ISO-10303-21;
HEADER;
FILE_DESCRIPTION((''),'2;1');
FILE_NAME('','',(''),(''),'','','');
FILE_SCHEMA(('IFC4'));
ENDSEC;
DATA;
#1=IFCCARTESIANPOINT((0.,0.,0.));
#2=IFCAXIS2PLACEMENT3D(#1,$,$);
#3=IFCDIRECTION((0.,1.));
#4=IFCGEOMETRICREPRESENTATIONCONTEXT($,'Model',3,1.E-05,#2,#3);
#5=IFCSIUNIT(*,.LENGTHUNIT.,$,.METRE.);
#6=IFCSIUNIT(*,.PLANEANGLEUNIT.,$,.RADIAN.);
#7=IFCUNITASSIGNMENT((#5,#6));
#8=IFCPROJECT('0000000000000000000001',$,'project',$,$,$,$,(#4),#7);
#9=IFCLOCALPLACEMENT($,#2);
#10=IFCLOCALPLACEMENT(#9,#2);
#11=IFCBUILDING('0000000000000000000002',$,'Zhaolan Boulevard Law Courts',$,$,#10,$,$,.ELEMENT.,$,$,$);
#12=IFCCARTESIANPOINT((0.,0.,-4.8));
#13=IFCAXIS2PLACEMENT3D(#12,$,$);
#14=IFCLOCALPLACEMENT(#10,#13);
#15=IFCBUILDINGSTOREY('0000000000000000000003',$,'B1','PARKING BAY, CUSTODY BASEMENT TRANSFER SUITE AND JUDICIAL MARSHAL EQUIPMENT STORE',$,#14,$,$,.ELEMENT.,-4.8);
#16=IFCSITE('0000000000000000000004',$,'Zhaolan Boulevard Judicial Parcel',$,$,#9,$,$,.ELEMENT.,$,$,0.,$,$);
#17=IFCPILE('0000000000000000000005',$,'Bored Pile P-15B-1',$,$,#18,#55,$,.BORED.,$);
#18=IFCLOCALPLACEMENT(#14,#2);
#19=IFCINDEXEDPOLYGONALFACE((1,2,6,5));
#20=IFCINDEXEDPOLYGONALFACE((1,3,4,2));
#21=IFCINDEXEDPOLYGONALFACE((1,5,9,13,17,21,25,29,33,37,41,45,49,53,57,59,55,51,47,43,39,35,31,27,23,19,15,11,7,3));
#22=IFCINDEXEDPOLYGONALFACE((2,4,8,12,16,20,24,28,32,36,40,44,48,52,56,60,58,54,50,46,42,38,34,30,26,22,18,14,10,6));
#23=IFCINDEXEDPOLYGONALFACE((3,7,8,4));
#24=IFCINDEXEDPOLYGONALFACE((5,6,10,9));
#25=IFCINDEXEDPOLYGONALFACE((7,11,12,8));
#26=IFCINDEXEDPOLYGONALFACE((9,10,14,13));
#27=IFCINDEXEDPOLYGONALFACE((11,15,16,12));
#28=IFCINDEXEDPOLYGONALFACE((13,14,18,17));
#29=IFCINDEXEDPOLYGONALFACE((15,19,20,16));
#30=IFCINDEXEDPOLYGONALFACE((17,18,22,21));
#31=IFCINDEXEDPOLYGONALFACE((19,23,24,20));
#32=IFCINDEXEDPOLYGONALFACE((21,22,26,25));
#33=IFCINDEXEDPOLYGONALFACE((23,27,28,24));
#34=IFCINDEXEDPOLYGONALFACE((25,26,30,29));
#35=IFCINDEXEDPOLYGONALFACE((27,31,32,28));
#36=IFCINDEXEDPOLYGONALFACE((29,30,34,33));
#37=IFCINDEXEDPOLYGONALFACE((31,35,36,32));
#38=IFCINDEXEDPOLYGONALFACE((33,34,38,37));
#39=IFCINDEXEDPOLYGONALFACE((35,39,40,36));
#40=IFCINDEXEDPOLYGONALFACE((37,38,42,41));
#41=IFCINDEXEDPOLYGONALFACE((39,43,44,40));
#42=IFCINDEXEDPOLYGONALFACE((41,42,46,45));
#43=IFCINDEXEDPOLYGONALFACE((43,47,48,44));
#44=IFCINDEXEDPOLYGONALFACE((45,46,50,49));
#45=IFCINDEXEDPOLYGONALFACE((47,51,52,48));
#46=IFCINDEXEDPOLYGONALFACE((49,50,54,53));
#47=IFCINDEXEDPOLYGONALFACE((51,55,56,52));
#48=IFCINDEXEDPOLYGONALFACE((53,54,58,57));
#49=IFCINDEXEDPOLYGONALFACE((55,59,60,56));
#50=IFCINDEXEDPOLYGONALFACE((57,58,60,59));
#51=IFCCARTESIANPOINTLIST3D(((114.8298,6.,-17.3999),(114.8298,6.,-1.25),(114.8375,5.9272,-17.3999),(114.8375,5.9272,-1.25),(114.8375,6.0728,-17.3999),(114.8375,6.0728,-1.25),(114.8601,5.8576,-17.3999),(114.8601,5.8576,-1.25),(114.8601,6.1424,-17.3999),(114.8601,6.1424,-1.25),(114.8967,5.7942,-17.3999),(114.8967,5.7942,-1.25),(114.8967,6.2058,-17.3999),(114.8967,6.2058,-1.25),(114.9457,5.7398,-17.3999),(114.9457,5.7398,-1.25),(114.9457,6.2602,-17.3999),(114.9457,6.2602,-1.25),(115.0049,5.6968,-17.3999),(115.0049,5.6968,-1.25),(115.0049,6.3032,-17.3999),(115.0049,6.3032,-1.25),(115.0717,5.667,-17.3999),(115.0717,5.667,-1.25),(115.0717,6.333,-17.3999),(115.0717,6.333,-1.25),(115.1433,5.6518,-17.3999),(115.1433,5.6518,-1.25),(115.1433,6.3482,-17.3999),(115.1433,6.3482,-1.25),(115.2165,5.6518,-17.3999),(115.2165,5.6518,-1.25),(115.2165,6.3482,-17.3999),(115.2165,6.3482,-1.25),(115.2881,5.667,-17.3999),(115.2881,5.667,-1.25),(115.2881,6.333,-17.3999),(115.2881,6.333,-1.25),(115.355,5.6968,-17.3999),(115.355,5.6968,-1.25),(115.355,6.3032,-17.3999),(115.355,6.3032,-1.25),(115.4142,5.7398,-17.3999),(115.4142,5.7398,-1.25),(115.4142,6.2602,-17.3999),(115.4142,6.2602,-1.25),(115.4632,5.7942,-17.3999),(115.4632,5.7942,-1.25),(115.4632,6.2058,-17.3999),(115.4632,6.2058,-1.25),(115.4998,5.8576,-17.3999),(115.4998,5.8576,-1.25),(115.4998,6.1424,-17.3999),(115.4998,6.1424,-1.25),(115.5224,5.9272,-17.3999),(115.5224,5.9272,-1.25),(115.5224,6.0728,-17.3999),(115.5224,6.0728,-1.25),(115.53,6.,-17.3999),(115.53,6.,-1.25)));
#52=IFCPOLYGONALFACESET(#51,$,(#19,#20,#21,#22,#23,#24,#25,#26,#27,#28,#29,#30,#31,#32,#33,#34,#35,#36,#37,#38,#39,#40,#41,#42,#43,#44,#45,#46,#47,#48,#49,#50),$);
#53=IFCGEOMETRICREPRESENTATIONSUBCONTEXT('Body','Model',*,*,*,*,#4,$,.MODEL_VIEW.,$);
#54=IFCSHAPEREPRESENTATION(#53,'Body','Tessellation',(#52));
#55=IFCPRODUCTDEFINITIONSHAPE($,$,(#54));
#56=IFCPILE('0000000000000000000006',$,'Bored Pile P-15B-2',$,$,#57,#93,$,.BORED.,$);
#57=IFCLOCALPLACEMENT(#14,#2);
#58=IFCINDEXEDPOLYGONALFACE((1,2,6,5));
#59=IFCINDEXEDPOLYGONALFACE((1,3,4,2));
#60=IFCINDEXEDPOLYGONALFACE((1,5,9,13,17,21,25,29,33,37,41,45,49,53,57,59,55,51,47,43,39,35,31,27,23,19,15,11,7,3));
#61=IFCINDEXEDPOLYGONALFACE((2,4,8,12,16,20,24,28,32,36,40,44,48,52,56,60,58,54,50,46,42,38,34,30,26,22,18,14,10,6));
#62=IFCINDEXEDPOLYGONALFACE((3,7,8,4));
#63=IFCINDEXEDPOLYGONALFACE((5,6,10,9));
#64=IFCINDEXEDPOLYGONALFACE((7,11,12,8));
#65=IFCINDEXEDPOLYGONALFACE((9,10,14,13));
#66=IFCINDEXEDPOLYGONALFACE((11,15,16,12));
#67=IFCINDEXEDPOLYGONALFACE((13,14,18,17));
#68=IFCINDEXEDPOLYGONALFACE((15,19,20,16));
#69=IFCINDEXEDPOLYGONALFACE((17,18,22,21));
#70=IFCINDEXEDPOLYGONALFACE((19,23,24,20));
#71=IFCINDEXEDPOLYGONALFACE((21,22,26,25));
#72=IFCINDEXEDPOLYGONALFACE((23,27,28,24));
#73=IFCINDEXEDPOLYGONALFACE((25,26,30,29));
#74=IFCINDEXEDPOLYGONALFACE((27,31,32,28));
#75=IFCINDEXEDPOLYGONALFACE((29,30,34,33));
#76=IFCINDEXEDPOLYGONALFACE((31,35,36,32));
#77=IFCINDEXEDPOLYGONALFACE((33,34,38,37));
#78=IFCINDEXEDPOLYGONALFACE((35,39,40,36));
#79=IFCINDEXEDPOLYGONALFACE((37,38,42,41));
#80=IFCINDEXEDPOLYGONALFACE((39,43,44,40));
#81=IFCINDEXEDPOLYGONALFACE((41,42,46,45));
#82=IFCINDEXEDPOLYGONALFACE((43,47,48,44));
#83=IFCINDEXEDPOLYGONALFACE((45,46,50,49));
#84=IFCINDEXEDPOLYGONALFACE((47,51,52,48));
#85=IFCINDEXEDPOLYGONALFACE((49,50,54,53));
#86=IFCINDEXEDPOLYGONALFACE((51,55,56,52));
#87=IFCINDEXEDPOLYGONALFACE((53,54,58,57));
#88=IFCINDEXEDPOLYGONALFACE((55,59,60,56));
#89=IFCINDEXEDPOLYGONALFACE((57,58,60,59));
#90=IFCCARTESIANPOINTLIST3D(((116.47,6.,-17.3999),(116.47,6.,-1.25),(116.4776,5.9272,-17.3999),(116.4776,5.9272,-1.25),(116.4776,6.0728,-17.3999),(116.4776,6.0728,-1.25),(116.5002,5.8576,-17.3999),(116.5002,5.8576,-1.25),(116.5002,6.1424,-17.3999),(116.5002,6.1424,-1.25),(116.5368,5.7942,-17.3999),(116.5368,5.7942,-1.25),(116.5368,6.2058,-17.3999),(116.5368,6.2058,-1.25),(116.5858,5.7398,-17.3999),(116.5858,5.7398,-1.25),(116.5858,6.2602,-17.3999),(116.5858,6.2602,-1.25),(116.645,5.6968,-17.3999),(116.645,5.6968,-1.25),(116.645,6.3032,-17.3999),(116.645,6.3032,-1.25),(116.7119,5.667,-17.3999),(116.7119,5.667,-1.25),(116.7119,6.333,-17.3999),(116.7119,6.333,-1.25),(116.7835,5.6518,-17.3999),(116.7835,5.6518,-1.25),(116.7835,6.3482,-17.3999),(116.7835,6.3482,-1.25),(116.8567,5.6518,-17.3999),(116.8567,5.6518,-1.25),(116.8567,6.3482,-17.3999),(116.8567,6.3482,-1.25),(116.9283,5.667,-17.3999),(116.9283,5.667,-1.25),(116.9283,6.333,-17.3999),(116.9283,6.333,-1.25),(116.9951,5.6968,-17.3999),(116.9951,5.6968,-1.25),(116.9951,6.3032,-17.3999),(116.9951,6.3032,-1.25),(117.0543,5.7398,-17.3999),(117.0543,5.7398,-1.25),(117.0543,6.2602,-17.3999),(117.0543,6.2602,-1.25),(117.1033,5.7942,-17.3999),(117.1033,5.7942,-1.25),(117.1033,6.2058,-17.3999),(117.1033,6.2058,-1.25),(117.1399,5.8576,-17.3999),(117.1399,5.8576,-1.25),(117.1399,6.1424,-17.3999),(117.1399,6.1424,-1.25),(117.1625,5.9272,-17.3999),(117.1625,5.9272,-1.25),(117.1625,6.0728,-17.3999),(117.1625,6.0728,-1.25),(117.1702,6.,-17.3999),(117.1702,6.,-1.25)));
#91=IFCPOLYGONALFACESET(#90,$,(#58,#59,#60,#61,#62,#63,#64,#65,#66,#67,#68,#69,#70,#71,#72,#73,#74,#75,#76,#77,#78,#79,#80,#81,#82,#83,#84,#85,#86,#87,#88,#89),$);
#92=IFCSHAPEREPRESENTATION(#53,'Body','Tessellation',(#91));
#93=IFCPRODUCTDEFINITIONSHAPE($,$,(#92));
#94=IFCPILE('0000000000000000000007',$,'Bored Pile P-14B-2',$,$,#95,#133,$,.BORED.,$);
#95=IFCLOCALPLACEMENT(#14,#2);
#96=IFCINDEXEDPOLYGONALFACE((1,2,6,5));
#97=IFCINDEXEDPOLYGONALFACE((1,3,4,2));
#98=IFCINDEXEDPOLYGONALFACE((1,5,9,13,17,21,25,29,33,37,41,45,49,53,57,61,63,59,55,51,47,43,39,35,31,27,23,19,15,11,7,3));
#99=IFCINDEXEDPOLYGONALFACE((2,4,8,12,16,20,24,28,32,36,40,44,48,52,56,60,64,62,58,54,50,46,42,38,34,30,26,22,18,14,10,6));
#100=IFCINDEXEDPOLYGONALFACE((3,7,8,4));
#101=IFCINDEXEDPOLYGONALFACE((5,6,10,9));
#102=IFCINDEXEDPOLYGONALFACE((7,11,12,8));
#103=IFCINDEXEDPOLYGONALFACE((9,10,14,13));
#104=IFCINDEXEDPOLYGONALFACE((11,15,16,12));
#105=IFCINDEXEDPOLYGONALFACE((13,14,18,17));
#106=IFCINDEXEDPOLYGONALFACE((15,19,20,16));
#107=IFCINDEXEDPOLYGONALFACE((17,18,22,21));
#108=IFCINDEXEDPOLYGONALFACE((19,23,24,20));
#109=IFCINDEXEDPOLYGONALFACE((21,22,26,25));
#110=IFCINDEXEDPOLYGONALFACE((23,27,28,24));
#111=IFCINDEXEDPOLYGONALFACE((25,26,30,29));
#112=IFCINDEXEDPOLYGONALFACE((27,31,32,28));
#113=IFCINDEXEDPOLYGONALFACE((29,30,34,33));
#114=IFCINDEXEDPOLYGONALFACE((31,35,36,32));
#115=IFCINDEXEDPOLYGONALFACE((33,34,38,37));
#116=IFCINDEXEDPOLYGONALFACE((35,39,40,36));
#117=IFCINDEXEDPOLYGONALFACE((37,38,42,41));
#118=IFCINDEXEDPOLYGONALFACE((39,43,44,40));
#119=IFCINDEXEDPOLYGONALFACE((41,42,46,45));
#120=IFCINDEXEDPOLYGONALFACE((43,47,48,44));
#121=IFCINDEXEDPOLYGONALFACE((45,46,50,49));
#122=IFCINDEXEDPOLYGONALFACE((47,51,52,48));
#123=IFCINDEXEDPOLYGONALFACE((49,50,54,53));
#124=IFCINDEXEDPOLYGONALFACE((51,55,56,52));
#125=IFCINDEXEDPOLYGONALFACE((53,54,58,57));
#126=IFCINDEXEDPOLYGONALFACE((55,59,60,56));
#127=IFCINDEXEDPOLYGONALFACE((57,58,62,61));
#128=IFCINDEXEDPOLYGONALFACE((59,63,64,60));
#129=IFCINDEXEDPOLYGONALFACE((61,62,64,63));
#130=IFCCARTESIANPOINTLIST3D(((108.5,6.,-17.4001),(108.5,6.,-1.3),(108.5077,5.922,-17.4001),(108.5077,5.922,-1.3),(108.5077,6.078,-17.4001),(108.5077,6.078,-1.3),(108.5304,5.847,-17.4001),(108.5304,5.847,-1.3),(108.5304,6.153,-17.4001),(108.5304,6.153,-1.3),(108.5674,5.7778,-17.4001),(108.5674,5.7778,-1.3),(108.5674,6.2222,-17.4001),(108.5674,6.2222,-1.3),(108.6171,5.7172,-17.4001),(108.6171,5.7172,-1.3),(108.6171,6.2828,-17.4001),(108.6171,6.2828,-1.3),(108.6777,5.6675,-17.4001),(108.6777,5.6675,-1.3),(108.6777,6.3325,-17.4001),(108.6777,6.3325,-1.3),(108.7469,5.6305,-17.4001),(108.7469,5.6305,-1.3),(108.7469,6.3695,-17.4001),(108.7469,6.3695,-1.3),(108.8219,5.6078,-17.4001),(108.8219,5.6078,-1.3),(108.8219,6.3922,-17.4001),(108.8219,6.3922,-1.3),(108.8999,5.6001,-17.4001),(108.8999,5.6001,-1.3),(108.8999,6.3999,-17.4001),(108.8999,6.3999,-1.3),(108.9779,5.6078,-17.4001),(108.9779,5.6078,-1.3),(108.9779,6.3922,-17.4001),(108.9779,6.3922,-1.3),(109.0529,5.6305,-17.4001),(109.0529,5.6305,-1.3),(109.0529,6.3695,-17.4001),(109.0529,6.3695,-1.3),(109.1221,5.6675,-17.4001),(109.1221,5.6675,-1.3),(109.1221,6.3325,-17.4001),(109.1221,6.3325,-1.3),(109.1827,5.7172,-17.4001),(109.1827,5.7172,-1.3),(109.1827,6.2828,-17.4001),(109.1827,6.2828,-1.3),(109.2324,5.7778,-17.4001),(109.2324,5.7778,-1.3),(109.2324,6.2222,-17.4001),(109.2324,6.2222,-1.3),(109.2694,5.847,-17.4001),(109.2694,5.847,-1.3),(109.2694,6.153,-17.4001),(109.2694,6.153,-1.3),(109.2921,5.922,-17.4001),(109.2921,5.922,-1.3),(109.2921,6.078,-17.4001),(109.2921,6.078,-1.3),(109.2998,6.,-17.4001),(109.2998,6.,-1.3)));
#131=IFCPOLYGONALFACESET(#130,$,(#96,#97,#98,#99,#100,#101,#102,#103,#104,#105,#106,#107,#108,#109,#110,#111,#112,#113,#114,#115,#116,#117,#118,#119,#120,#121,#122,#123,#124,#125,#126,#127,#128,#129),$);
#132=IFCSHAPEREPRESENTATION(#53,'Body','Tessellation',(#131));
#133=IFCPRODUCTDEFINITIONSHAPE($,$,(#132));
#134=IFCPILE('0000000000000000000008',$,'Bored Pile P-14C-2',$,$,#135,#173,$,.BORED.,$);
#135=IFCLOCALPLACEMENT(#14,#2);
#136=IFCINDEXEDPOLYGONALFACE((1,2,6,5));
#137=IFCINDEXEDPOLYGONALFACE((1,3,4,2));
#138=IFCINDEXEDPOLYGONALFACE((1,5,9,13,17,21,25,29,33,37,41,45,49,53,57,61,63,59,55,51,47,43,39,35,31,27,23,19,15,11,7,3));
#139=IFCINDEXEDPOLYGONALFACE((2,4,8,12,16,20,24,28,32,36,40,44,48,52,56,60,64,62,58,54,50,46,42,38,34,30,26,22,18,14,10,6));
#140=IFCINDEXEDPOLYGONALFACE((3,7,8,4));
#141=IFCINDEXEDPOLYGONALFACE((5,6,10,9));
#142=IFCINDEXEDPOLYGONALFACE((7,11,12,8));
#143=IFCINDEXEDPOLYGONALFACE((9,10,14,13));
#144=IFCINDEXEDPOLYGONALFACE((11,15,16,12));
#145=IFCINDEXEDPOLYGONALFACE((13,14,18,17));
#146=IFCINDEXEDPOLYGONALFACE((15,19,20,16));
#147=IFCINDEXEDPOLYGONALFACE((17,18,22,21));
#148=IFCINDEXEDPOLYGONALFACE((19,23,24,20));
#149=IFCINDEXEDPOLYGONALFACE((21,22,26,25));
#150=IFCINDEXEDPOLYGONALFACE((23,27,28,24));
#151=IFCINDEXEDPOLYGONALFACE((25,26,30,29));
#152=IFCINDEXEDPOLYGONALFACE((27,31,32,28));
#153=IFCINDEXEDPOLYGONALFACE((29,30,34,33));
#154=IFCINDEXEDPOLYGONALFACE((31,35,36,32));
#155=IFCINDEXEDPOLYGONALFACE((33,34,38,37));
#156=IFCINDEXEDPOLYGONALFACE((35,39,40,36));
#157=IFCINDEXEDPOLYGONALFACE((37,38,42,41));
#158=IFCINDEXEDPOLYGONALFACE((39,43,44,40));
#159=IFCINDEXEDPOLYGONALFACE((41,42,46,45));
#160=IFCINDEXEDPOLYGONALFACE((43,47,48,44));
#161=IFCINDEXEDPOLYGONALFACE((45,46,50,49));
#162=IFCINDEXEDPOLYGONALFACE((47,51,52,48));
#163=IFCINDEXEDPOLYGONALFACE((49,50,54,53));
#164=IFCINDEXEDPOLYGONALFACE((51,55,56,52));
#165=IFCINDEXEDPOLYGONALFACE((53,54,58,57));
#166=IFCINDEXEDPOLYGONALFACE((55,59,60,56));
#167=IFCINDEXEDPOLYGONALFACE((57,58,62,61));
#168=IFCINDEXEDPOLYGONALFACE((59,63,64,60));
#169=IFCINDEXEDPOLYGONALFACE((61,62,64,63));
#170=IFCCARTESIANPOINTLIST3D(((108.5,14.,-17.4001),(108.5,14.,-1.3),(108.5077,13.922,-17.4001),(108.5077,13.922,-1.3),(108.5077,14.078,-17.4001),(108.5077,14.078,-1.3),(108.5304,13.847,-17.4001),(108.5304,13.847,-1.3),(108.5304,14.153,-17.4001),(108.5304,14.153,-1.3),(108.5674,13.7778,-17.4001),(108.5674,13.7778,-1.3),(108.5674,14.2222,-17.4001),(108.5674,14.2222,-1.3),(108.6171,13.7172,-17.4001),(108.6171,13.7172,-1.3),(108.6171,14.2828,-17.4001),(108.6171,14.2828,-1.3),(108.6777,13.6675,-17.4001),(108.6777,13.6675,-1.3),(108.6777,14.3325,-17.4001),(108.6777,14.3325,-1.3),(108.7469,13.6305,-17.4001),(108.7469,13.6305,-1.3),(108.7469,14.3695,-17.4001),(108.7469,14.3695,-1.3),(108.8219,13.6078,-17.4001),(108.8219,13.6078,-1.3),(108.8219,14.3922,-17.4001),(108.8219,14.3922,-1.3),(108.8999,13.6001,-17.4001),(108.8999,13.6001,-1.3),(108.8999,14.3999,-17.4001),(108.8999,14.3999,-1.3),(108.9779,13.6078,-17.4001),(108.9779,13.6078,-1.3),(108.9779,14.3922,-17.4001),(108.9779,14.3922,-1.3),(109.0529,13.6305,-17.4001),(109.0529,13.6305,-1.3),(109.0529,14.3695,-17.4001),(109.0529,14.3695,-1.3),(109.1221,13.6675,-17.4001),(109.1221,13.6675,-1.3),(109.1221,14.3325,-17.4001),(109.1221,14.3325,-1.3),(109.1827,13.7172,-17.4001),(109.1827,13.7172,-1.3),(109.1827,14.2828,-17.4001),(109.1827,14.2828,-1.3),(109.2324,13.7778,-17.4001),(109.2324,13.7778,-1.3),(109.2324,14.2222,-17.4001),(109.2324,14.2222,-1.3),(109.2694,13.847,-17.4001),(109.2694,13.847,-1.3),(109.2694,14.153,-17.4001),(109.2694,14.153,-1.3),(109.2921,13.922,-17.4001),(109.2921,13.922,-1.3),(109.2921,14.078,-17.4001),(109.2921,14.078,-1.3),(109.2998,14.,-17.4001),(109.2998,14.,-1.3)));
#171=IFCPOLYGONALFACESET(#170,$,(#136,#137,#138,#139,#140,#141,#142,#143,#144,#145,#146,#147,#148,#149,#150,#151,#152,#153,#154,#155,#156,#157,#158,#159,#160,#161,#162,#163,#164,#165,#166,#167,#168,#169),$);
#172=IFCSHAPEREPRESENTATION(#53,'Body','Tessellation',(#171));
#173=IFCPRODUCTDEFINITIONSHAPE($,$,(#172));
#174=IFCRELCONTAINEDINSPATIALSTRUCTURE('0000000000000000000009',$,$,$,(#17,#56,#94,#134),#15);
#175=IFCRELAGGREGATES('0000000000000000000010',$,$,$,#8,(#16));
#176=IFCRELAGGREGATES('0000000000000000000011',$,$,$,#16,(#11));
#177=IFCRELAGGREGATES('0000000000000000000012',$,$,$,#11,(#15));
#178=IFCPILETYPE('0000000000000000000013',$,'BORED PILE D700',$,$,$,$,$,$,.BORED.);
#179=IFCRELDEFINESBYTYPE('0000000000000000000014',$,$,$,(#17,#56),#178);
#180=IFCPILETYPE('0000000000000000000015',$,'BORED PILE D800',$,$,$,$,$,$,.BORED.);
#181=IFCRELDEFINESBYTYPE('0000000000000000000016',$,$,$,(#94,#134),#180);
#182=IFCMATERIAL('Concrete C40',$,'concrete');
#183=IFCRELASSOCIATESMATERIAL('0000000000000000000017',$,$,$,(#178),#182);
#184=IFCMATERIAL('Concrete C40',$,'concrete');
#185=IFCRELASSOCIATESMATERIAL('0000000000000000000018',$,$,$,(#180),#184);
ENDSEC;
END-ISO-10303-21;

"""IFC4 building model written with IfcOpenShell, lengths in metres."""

from ifc_helpers import new_model, si_unit, direction, frame, origin, origin_2d, place, context, subcontext, project, spatial, circle, extrude, material, material_profile, profile_set, type_object, element, save


model = new_model("IFC4")

# Units and contexts
model_context = context("Model", 3, precision=1e-05, world=origin(), true_north=direction((0.0, 1.0)))
body_context = subcontext(model_context, "Body", "Model", "MODEL_VIEW")
ifc_project = project(units=[si_unit("LENGTHUNIT", "METRE"), si_unit("PLANEANGLEUNIT", "RADIAN")], contexts=[model_context])

# Site, building, storey
site_placement = place(None, origin())
site = spatial("IfcSite", under=ifc_project, at=site_placement, Name="Zhaolan Boulevard Judicial Parcel", CompositionType="ELEMENT", RefElevation=0.0)
building_placement = place(site_placement, origin())
building = spatial("IfcBuilding", under=site, at=building_placement, Name="Zhaolan Boulevard Law Courts", CompositionType="ELEMENT")
storey_placement = place(building_placement, frame((0.0, 0.0, -4.8)))
storey = spatial("IfcBuildingStorey", under=building, at=storey_placement, Name="B1", Description="PARKING BAY, CUSTODY BASEMENT TRANSFER SUITE AND JUDICIAL MARSHAL EQUIPMENT STORE", CompositionType="ELEMENT", Elevation=-4.8)

# Piles
ifc_material_1 = material(Name="Concrete C40", Category="concrete")
ifc_material_profile_1 = material_profile(ifc_material_1, circle(Radius=0.3501, at=origin_2d()), Name="PILE-D700")
ifc_profile_set_1 = profile_set([ifc_material_profile_1], Name="Concrete C40")
pile_type_1 = type_object("IfcPileType", Name="BORED PILE D700", PredefinedType="BORED", material=ifc_profile_set_1)
for number, where, z_axis, x_axis, name in (
    (1, (115.1799, 6.0, -1.25), (0.0, 0.0, -1.0), (1.0, 0.0, 0.0), "Bored Pile P-15B-1"),
    (2, (116.8201, 6.0, -1.25), (0.0, 0.0, -1.0), (1.0, 0.0, 0.0), "Bored Pile P-15B-2"),
):
    element("IfcPile", number, at=place(storey_placement, frame(where, z_axis=z_axis, x_axis=x_axis)), inside=storey, type_object=pile_type_1, Name=name, PredefinedType="BORED", context=body_context, shape_type="SweptSolid", body=[
        extrude(circle(Radius=0.3501, at=origin_2d()), origin(), (0.0, 0.0, 1.0), 16.1499),
    ])
ifc_material_2 = material(Name="Concrete C40", Category="concrete")
ifc_material_profile_2 = material_profile(ifc_material_2, circle(Radius=0.3999, at=origin_2d()), Name="PILE-D800")
ifc_profile_set_2 = profile_set([ifc_material_profile_2], Name="Concrete C40")
pile_type_2 = type_object("IfcPileType", Name="BORED PILE D800", PredefinedType="BORED", material=ifc_profile_set_2)
for number, where, z_axis, x_axis, name in (
    (3, (108.8999, 6.0, -1.3), (0.0, 0.0, -1.0), (1.0, 0.0, 0.0), "Bored Pile P-14B-2"),
    (4, (108.8999, 14.0, -1.3), (0.0, 0.0, -1.0), (1.0, 0.0, 0.0), "Bored Pile P-14C-2"),
):
    element("IfcPile", number, at=place(storey_placement, frame(where, z_axis=z_axis, x_axis=x_axis)), inside=storey, type_object=pile_type_2, Name=name, PredefinedType="BORED", context=body_context, shape_type="SweptSolid", body=[
        extrude(circle(Radius=0.3999, at=origin_2d()), origin(), (0.0, 0.0, 1.0), 16.1001),
    ])

save(model, "model.ifc")
